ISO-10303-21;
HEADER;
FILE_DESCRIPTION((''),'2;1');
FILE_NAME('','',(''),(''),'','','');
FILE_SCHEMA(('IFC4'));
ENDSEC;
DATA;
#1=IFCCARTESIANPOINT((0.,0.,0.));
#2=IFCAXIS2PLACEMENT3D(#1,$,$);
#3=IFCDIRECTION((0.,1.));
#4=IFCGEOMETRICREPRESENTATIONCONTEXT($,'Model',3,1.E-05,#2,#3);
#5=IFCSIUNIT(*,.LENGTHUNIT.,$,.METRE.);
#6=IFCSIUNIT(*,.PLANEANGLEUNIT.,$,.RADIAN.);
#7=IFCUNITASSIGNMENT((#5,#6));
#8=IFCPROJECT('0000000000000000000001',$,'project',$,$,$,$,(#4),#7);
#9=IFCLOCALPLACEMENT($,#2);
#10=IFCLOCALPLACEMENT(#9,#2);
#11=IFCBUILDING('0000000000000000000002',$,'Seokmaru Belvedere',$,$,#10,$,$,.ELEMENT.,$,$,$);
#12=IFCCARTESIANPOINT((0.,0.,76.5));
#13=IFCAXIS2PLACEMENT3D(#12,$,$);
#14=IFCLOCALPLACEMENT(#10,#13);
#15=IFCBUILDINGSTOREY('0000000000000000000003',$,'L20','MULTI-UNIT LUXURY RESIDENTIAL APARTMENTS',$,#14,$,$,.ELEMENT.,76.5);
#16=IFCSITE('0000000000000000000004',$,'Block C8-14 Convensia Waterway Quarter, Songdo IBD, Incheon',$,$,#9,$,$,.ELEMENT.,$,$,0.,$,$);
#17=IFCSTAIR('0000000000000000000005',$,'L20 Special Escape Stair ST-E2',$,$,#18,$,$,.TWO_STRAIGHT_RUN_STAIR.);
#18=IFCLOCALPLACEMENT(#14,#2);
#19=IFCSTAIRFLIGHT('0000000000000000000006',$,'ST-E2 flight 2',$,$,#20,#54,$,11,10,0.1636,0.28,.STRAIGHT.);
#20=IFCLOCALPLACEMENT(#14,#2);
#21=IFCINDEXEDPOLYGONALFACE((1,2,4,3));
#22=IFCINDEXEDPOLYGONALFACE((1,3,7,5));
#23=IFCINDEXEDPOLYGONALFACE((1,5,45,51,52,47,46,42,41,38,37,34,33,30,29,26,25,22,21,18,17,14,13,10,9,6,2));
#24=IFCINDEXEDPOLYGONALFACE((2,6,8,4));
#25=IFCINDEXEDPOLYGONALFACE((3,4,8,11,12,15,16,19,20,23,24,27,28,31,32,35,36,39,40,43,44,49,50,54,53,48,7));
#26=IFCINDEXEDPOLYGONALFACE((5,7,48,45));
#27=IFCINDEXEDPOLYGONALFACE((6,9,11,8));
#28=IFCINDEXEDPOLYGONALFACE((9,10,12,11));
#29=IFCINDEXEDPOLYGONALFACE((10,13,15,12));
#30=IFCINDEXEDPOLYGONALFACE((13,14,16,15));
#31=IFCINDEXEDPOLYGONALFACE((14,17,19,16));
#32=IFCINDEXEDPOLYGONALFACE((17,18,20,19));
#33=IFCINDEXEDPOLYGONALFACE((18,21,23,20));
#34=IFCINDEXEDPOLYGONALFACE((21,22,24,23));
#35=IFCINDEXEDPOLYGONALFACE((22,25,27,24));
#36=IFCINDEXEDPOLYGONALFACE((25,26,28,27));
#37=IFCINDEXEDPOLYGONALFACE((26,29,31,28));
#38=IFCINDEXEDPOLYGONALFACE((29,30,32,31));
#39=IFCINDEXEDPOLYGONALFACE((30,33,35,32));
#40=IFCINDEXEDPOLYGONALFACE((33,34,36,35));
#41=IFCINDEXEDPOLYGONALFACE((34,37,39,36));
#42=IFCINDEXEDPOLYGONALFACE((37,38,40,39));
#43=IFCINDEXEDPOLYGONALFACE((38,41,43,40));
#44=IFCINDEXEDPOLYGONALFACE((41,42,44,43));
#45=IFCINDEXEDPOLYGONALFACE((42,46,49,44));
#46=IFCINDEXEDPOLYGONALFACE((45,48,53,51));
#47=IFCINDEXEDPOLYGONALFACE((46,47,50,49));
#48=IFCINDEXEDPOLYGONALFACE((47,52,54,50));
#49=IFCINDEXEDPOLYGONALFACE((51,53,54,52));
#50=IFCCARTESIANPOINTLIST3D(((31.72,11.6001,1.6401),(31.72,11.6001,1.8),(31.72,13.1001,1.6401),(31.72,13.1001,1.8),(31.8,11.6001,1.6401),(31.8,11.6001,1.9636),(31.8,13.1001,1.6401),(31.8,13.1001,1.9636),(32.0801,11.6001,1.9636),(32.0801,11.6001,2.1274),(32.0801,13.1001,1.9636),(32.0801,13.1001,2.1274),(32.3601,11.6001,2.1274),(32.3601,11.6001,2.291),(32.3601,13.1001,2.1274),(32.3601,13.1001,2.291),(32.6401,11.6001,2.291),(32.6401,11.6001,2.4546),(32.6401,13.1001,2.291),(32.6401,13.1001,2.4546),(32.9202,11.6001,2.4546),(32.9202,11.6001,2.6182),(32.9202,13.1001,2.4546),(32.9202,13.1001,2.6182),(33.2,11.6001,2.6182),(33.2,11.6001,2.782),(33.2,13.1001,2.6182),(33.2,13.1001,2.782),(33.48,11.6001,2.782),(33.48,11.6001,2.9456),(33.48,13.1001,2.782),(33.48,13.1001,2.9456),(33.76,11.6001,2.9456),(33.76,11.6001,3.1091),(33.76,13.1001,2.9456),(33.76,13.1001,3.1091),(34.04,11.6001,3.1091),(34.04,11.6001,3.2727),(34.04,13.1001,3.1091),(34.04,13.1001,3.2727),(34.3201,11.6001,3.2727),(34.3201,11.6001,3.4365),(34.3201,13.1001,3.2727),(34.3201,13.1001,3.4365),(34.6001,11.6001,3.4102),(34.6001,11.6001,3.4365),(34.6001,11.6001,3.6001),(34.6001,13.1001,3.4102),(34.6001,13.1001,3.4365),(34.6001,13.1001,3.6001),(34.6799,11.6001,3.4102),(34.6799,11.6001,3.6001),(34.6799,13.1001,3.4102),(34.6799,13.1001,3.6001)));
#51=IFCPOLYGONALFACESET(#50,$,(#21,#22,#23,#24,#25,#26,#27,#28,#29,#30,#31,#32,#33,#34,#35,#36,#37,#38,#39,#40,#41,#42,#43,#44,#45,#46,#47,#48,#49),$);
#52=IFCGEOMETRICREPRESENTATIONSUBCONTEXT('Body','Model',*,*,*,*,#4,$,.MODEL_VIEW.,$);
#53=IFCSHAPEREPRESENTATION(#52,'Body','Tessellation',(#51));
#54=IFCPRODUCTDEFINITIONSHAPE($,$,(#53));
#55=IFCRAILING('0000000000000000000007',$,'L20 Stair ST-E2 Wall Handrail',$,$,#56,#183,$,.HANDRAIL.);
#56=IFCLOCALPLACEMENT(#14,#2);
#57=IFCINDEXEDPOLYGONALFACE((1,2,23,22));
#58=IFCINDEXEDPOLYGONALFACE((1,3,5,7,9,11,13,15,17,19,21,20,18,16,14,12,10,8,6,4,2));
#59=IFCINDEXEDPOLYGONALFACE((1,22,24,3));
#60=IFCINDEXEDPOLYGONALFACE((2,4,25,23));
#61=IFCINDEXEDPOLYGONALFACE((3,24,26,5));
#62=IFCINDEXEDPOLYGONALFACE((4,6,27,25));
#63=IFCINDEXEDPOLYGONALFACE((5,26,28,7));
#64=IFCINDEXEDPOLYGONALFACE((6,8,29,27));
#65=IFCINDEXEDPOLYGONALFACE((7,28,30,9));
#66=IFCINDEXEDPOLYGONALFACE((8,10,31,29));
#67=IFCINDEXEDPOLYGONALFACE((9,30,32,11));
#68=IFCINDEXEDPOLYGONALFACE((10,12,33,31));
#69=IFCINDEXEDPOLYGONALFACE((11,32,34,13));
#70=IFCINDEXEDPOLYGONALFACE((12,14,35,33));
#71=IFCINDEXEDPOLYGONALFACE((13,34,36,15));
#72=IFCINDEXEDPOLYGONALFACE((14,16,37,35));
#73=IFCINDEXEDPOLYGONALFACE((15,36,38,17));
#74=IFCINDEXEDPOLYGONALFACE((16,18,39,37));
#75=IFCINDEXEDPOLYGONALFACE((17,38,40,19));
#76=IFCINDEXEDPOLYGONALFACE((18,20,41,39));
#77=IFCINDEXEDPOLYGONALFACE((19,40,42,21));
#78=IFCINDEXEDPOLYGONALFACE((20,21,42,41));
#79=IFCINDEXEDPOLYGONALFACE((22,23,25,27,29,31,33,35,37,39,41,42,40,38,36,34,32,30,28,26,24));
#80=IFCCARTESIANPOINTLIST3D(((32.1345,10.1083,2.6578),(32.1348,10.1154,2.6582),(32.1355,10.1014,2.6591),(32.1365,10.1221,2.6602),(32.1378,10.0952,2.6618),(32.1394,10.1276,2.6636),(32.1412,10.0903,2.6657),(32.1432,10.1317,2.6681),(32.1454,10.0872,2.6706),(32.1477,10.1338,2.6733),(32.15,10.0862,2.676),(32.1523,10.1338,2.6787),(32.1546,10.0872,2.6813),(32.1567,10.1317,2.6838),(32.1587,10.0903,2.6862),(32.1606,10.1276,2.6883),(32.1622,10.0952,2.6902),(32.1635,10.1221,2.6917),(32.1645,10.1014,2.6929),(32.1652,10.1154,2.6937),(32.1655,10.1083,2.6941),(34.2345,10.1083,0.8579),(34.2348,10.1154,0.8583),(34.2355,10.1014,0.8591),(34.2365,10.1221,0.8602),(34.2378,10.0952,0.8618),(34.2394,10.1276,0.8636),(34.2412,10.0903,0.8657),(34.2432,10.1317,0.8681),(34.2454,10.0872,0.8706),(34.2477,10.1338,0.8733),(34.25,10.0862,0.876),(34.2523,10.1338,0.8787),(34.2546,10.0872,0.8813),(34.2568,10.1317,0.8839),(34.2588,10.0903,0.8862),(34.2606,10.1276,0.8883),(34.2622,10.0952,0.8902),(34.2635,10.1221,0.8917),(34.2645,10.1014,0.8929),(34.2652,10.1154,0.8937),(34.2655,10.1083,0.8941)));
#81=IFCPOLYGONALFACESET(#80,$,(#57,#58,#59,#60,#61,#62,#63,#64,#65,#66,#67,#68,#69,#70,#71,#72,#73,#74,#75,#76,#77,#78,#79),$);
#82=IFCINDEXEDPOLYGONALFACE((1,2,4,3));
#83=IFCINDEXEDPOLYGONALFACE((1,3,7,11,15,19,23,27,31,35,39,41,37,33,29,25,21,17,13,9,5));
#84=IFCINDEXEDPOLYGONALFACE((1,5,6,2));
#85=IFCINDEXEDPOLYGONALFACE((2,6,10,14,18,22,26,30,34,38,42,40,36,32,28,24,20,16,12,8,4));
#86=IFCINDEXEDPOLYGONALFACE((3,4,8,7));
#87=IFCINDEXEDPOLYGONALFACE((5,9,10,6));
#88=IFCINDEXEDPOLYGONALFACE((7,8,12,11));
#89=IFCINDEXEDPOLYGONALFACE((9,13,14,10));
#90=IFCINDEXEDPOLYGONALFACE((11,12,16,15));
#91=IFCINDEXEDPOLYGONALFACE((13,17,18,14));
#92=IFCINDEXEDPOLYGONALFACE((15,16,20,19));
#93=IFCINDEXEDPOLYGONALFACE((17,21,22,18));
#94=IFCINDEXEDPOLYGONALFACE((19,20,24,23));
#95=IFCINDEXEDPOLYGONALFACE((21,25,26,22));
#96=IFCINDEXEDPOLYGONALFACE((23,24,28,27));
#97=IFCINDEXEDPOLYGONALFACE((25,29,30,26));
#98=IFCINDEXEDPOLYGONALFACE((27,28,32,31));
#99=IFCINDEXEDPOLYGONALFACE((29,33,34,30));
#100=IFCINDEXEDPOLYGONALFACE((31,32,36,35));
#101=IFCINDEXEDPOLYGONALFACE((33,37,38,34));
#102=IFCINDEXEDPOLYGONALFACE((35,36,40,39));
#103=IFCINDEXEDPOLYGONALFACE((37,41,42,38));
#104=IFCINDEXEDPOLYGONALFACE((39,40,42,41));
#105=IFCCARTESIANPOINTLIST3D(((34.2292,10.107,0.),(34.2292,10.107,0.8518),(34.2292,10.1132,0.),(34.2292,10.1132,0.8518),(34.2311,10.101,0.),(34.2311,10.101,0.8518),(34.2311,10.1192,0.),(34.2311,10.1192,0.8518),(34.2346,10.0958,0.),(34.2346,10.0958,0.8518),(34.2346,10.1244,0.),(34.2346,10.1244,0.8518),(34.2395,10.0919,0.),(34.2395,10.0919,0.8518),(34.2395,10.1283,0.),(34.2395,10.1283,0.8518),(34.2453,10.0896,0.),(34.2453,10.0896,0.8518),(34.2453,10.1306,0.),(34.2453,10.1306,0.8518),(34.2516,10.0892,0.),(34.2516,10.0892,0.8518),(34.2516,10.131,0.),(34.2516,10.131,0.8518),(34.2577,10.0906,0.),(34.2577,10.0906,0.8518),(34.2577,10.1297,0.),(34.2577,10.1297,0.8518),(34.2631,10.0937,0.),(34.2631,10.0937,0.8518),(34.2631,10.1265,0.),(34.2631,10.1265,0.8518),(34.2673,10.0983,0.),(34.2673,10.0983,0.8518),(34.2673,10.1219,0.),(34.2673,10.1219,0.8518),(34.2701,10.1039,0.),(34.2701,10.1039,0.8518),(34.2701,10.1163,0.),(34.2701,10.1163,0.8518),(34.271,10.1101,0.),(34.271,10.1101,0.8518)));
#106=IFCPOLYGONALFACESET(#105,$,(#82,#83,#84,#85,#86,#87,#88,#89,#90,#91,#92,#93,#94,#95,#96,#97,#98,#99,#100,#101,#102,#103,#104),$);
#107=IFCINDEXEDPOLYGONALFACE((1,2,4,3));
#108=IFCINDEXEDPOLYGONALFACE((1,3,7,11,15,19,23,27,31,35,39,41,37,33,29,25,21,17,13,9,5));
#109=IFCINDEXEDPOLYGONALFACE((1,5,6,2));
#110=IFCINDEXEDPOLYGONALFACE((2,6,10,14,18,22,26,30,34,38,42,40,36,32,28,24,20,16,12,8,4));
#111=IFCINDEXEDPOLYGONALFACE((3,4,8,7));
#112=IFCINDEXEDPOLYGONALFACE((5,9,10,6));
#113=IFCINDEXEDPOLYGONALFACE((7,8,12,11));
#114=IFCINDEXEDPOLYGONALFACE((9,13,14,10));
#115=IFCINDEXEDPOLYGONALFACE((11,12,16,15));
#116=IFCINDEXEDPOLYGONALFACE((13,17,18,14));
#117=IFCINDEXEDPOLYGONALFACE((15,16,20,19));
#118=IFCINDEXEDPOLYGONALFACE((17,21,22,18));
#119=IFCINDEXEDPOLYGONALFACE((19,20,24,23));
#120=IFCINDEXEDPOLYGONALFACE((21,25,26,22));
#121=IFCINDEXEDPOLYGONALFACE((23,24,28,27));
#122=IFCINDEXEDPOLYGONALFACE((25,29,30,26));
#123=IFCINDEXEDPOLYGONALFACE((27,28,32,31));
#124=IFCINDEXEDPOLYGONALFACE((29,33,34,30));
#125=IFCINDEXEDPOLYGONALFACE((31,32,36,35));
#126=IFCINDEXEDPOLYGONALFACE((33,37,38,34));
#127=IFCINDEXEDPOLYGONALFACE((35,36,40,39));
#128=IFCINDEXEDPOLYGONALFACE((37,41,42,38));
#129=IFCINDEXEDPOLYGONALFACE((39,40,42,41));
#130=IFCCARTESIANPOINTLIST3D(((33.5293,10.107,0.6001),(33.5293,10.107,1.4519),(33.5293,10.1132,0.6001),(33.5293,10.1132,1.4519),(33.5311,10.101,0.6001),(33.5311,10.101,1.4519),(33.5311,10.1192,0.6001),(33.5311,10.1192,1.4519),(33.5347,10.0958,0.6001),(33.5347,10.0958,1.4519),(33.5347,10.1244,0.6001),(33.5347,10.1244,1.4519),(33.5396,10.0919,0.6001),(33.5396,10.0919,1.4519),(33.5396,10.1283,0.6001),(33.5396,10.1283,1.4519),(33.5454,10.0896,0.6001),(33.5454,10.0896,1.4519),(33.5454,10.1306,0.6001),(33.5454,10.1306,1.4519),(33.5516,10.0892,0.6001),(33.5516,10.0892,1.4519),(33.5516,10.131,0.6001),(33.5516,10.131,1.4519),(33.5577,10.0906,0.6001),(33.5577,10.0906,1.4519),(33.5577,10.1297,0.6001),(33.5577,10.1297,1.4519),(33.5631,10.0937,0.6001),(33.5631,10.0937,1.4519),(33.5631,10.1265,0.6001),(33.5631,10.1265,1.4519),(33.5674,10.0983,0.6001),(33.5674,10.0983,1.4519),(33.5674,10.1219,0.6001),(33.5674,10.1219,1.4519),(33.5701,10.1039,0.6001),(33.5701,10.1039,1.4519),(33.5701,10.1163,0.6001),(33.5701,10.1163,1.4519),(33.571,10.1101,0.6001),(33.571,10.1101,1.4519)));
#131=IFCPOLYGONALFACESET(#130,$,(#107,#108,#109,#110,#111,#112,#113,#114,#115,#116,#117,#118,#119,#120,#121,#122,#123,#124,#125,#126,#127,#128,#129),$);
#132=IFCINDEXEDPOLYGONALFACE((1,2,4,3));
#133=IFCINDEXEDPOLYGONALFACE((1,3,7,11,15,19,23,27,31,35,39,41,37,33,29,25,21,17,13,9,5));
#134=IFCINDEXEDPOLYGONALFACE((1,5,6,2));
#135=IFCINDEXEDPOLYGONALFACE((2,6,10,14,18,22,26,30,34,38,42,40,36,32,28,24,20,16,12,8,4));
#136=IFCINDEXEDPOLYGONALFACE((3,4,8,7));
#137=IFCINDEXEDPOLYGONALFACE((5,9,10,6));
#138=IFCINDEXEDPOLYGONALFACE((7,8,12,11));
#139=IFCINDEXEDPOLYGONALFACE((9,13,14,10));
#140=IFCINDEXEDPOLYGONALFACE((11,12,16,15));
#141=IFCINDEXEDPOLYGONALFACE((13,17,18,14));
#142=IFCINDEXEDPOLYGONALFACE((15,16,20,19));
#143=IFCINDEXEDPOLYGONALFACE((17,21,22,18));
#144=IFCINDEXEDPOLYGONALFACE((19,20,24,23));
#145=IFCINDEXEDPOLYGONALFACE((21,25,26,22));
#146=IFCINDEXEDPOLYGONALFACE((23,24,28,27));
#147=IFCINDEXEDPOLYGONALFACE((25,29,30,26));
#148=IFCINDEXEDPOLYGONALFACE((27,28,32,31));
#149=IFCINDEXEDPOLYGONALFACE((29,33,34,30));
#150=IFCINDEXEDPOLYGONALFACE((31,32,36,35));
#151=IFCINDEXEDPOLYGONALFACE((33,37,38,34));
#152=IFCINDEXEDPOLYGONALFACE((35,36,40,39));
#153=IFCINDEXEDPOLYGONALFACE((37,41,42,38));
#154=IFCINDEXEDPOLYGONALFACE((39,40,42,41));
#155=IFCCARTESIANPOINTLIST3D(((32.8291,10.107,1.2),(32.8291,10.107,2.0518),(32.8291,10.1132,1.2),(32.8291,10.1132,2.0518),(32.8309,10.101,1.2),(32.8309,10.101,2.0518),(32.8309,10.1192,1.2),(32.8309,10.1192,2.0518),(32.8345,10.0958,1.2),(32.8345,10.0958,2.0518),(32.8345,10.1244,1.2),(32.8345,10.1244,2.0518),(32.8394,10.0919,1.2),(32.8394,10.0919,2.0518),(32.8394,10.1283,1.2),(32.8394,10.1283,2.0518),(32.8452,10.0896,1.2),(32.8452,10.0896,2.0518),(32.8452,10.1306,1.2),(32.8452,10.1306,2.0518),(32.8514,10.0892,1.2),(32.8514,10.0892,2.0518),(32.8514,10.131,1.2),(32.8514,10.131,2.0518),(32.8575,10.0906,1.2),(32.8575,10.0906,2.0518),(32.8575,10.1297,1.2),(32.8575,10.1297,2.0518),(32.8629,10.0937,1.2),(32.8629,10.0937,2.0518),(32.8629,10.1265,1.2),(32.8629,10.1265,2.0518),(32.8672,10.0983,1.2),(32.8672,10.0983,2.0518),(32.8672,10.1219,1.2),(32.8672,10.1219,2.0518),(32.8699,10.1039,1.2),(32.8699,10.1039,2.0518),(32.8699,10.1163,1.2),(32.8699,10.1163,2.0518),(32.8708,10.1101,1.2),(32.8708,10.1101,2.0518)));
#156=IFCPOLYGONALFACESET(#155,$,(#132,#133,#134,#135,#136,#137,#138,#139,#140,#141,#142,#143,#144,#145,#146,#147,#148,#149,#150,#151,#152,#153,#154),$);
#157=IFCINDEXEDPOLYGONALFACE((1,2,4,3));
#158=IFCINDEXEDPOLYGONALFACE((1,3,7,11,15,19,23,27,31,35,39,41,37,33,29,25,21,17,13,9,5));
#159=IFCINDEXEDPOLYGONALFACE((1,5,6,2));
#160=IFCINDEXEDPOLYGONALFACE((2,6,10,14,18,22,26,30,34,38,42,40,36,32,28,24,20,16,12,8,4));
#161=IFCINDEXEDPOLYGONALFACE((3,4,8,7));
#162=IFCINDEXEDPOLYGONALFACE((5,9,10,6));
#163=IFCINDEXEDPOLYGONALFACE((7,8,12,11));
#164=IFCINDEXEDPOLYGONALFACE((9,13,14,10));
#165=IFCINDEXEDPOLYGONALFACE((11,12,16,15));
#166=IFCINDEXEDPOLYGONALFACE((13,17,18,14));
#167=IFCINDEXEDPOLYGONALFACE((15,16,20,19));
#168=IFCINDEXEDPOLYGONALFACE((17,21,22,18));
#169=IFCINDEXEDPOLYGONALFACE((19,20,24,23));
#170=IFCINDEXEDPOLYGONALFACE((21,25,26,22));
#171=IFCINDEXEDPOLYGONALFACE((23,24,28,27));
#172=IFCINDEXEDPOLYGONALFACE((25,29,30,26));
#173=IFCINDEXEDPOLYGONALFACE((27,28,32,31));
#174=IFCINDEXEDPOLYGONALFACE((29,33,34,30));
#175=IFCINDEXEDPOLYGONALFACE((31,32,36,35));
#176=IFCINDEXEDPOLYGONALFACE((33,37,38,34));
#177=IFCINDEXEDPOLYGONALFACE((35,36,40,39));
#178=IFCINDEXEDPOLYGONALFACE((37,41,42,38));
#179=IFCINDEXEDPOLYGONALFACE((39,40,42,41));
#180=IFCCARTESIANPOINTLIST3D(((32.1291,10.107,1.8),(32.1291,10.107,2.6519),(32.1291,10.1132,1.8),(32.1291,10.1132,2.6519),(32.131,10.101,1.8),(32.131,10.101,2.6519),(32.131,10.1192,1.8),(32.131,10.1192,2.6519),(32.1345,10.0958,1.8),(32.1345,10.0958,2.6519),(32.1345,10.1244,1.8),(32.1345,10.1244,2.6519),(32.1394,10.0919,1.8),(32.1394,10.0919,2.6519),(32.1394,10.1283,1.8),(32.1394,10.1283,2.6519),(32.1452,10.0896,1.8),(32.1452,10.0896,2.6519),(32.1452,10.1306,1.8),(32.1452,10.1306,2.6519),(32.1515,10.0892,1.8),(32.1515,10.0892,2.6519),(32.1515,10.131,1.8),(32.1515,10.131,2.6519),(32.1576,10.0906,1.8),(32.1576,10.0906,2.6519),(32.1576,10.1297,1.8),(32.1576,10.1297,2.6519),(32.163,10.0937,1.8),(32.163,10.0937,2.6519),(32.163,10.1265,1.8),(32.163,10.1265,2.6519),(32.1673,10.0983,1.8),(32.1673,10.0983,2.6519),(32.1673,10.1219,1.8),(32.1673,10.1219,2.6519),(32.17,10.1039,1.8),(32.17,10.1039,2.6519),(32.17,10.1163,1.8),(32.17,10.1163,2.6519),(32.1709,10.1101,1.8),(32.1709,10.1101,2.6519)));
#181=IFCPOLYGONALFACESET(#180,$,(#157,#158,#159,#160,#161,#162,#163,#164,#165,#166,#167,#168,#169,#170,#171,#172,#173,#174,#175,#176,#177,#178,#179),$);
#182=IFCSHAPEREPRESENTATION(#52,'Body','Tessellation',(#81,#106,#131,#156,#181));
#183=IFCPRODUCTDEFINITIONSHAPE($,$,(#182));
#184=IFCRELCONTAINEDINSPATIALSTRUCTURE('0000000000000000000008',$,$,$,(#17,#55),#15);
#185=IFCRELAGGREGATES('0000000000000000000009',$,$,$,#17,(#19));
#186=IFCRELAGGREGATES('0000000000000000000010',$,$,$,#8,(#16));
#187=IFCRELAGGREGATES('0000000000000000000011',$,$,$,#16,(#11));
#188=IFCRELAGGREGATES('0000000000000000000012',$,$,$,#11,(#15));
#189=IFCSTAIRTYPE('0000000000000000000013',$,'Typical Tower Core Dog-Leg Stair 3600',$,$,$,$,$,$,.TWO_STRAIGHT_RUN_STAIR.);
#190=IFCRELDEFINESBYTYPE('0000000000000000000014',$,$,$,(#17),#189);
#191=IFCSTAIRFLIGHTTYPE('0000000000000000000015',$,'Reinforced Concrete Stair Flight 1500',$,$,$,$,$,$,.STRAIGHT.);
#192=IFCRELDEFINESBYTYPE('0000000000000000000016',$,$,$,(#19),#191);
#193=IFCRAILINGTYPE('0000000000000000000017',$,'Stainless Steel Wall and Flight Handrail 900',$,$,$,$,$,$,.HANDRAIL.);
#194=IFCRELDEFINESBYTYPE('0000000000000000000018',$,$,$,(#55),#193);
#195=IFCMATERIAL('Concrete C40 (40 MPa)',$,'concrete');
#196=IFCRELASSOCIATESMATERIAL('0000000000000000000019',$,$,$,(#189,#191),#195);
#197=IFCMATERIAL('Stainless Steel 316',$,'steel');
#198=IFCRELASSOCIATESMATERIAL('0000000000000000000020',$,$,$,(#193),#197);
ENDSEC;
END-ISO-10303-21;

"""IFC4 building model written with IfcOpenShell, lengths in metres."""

from ifc_helpers import new_model, si_unit, direction, frame, origin, origin_2d, place, context, subcontext, project, spatial, polyline, circle, outline, extrude, material, type_object, element, aggregate, save


model = new_model("IFC4")

# Units and contexts
model_context = context("Model", 3, precision=1e-05, world=origin(), true_north=direction((0.0, 1.0)))
body_context = subcontext(model_context, "Body", "Model", "MODEL_VIEW")
ifc_project = project(units=[si_unit("LENGTHUNIT", "METRE"), si_unit("PLANEANGLEUNIT", "RADIAN")], contexts=[model_context])

# Site, building, storey
site_placement = place(None, origin())
site = spatial("IfcSite", under=ifc_project, at=site_placement, Name="Block C8-14 Convensia Waterway Quarter, Songdo IBD, Incheon", CompositionType="ELEMENT", RefElevation=0.0)
building_placement = place(site_placement, origin())
building = spatial("IfcBuilding", under=site, at=building_placement, Name="Seokmaru Belvedere", CompositionType="ELEMENT")
storey_placement = place(building_placement, frame((0.0, 0.0, 76.5)))
storey = spatial("IfcBuildingStorey", under=building, at=storey_placement, Name="L20", Description="MULTI-UNIT LUXURY RESIDENTIAL APARTMENTS", CompositionType="ELEMENT", Elevation=76.5)

# Stair, stair flight
ifc_material_1 = material(Name="Concrete C40 (40 MPa)", Category="concrete")
stair_type = type_object("IfcStairType", Name="Typical Tower Core Dog-Leg Stair 3600", PredefinedType="TWO_STRAIGHT_RUN_STAIR", material=ifc_material_1)
stair_placement = place(storey_placement, origin())
stair = element("IfcStair", 1, at=stair_placement, inside=storey, type_object=stair_type, Name="L20 Special Escape Stair ST-E2", PredefinedType="TWO_STRAIGHT_RUN_STAIR")
stair_flight_type = type_object("IfcStairFlightType", Name="Reinforced Concrete Stair Flight 1500", PredefinedType="STRAIGHT", material=ifc_material_1)
stair_flight_1_placement = place(storey_placement, frame((31.8, 12.3501, 1.8), z_axis=(0.0, 0.0, 1.0), x_axis=(1.0, 0.0, 0.0)))
stair_flight_1 = element("IfcStairFlight", 2, at=stair_flight_1_placement, type_object=stair_flight_type, Name="ST-E2 flight 2", NumberOfRisers=11, NumberOfTreads=10, PredefinedType="STRAIGHT", RiserHeight=0.1636, TreadLength=0.28, context=body_context, shape_type="SweptSolid", body=[
    extrude(outline(polyline([(-0.0801, 0.0), (0.0, 0.1636), (0.28, 0.1636), (0.28, 0.3274), (0.5601, 0.3274), (0.5601, 0.491), (0.8401, 0.491), (0.8401, 0.6545), (1.1201, 0.6545), (1.1201, 0.8181), (1.3999, 0.8181), (1.3999, 0.9819), (1.6799, 0.9819), (1.6799, 1.1455), (1.96, 1.1455), (1.96, 1.3091), (2.24, 1.3091), (2.24, 1.4727), (2.52, 1.4727), (2.52, 1.6365), (2.8, 1.6365), (2.8, 1.8), (2.8799, 1.8), (2.8799, 1.6101), (2.8, 1.6101), (0.0, -0.1599), (-0.0801, -0.1599), (-0.0801, 0.0)])), frame((0.0, 0.75, 0.0), z_axis=(0.0, -1.0, 0.0), x_axis=(1.0, 0.0, 0.0)), (0.0, 0.0, 1.0), 1.5),
])
aggregate(stair, [stair_flight_1])

# Railing
ifc_material_2 = material(Name="Stainless Steel 316", Category="steel")
railing_type_1 = type_object("IfcRailingType", Name="Stainless Steel Wall and Flight Handrail 900", PredefinedType="HANDRAIL", material=ifc_material_2)
railing_1_placement = place(storey_placement, frame((34.25, 10.1101, 0.0)))
element("IfcRailing", 3, at=railing_1_placement, inside=storey, type_object=railing_type_1, Name="L20 Stair ST-E2 Wall Handrail", PredefinedType="HANDRAIL", context=body_context, shape_type="SweptSolid", body=[
    extrude(circle(Radius=0.0239, at=origin_2d()), frame((0.0, 0.0, 0.876), z_axis=(-0.759263, 0.0, 0.650784), x_axis=(0.0, -1.0, 0.0)), (0.0, 0.0, 1.0), 2.7659),
    extrude(circle(Radius=0.021, at=origin_2d()), origin(), (0.0, 0.0, 1.0), 0.8518),
    extrude(circle(Radius=0.021, at=origin_2d()), frame((-0.7, 0.0, 0.6001)), (0.0, 0.0, 1.0), 0.8518),
    extrude(circle(Radius=0.021, at=origin_2d()), frame((-1.4001, 0.0, 1.2)), (0.0, 0.0, 1.0), 0.8518),
    extrude(circle(Radius=0.021, at=origin_2d()), frame((-2.1001, 0.0, 1.8)), (0.0, 0.0, 1.0), 0.8518),
])

save(model, "model.ifc")
